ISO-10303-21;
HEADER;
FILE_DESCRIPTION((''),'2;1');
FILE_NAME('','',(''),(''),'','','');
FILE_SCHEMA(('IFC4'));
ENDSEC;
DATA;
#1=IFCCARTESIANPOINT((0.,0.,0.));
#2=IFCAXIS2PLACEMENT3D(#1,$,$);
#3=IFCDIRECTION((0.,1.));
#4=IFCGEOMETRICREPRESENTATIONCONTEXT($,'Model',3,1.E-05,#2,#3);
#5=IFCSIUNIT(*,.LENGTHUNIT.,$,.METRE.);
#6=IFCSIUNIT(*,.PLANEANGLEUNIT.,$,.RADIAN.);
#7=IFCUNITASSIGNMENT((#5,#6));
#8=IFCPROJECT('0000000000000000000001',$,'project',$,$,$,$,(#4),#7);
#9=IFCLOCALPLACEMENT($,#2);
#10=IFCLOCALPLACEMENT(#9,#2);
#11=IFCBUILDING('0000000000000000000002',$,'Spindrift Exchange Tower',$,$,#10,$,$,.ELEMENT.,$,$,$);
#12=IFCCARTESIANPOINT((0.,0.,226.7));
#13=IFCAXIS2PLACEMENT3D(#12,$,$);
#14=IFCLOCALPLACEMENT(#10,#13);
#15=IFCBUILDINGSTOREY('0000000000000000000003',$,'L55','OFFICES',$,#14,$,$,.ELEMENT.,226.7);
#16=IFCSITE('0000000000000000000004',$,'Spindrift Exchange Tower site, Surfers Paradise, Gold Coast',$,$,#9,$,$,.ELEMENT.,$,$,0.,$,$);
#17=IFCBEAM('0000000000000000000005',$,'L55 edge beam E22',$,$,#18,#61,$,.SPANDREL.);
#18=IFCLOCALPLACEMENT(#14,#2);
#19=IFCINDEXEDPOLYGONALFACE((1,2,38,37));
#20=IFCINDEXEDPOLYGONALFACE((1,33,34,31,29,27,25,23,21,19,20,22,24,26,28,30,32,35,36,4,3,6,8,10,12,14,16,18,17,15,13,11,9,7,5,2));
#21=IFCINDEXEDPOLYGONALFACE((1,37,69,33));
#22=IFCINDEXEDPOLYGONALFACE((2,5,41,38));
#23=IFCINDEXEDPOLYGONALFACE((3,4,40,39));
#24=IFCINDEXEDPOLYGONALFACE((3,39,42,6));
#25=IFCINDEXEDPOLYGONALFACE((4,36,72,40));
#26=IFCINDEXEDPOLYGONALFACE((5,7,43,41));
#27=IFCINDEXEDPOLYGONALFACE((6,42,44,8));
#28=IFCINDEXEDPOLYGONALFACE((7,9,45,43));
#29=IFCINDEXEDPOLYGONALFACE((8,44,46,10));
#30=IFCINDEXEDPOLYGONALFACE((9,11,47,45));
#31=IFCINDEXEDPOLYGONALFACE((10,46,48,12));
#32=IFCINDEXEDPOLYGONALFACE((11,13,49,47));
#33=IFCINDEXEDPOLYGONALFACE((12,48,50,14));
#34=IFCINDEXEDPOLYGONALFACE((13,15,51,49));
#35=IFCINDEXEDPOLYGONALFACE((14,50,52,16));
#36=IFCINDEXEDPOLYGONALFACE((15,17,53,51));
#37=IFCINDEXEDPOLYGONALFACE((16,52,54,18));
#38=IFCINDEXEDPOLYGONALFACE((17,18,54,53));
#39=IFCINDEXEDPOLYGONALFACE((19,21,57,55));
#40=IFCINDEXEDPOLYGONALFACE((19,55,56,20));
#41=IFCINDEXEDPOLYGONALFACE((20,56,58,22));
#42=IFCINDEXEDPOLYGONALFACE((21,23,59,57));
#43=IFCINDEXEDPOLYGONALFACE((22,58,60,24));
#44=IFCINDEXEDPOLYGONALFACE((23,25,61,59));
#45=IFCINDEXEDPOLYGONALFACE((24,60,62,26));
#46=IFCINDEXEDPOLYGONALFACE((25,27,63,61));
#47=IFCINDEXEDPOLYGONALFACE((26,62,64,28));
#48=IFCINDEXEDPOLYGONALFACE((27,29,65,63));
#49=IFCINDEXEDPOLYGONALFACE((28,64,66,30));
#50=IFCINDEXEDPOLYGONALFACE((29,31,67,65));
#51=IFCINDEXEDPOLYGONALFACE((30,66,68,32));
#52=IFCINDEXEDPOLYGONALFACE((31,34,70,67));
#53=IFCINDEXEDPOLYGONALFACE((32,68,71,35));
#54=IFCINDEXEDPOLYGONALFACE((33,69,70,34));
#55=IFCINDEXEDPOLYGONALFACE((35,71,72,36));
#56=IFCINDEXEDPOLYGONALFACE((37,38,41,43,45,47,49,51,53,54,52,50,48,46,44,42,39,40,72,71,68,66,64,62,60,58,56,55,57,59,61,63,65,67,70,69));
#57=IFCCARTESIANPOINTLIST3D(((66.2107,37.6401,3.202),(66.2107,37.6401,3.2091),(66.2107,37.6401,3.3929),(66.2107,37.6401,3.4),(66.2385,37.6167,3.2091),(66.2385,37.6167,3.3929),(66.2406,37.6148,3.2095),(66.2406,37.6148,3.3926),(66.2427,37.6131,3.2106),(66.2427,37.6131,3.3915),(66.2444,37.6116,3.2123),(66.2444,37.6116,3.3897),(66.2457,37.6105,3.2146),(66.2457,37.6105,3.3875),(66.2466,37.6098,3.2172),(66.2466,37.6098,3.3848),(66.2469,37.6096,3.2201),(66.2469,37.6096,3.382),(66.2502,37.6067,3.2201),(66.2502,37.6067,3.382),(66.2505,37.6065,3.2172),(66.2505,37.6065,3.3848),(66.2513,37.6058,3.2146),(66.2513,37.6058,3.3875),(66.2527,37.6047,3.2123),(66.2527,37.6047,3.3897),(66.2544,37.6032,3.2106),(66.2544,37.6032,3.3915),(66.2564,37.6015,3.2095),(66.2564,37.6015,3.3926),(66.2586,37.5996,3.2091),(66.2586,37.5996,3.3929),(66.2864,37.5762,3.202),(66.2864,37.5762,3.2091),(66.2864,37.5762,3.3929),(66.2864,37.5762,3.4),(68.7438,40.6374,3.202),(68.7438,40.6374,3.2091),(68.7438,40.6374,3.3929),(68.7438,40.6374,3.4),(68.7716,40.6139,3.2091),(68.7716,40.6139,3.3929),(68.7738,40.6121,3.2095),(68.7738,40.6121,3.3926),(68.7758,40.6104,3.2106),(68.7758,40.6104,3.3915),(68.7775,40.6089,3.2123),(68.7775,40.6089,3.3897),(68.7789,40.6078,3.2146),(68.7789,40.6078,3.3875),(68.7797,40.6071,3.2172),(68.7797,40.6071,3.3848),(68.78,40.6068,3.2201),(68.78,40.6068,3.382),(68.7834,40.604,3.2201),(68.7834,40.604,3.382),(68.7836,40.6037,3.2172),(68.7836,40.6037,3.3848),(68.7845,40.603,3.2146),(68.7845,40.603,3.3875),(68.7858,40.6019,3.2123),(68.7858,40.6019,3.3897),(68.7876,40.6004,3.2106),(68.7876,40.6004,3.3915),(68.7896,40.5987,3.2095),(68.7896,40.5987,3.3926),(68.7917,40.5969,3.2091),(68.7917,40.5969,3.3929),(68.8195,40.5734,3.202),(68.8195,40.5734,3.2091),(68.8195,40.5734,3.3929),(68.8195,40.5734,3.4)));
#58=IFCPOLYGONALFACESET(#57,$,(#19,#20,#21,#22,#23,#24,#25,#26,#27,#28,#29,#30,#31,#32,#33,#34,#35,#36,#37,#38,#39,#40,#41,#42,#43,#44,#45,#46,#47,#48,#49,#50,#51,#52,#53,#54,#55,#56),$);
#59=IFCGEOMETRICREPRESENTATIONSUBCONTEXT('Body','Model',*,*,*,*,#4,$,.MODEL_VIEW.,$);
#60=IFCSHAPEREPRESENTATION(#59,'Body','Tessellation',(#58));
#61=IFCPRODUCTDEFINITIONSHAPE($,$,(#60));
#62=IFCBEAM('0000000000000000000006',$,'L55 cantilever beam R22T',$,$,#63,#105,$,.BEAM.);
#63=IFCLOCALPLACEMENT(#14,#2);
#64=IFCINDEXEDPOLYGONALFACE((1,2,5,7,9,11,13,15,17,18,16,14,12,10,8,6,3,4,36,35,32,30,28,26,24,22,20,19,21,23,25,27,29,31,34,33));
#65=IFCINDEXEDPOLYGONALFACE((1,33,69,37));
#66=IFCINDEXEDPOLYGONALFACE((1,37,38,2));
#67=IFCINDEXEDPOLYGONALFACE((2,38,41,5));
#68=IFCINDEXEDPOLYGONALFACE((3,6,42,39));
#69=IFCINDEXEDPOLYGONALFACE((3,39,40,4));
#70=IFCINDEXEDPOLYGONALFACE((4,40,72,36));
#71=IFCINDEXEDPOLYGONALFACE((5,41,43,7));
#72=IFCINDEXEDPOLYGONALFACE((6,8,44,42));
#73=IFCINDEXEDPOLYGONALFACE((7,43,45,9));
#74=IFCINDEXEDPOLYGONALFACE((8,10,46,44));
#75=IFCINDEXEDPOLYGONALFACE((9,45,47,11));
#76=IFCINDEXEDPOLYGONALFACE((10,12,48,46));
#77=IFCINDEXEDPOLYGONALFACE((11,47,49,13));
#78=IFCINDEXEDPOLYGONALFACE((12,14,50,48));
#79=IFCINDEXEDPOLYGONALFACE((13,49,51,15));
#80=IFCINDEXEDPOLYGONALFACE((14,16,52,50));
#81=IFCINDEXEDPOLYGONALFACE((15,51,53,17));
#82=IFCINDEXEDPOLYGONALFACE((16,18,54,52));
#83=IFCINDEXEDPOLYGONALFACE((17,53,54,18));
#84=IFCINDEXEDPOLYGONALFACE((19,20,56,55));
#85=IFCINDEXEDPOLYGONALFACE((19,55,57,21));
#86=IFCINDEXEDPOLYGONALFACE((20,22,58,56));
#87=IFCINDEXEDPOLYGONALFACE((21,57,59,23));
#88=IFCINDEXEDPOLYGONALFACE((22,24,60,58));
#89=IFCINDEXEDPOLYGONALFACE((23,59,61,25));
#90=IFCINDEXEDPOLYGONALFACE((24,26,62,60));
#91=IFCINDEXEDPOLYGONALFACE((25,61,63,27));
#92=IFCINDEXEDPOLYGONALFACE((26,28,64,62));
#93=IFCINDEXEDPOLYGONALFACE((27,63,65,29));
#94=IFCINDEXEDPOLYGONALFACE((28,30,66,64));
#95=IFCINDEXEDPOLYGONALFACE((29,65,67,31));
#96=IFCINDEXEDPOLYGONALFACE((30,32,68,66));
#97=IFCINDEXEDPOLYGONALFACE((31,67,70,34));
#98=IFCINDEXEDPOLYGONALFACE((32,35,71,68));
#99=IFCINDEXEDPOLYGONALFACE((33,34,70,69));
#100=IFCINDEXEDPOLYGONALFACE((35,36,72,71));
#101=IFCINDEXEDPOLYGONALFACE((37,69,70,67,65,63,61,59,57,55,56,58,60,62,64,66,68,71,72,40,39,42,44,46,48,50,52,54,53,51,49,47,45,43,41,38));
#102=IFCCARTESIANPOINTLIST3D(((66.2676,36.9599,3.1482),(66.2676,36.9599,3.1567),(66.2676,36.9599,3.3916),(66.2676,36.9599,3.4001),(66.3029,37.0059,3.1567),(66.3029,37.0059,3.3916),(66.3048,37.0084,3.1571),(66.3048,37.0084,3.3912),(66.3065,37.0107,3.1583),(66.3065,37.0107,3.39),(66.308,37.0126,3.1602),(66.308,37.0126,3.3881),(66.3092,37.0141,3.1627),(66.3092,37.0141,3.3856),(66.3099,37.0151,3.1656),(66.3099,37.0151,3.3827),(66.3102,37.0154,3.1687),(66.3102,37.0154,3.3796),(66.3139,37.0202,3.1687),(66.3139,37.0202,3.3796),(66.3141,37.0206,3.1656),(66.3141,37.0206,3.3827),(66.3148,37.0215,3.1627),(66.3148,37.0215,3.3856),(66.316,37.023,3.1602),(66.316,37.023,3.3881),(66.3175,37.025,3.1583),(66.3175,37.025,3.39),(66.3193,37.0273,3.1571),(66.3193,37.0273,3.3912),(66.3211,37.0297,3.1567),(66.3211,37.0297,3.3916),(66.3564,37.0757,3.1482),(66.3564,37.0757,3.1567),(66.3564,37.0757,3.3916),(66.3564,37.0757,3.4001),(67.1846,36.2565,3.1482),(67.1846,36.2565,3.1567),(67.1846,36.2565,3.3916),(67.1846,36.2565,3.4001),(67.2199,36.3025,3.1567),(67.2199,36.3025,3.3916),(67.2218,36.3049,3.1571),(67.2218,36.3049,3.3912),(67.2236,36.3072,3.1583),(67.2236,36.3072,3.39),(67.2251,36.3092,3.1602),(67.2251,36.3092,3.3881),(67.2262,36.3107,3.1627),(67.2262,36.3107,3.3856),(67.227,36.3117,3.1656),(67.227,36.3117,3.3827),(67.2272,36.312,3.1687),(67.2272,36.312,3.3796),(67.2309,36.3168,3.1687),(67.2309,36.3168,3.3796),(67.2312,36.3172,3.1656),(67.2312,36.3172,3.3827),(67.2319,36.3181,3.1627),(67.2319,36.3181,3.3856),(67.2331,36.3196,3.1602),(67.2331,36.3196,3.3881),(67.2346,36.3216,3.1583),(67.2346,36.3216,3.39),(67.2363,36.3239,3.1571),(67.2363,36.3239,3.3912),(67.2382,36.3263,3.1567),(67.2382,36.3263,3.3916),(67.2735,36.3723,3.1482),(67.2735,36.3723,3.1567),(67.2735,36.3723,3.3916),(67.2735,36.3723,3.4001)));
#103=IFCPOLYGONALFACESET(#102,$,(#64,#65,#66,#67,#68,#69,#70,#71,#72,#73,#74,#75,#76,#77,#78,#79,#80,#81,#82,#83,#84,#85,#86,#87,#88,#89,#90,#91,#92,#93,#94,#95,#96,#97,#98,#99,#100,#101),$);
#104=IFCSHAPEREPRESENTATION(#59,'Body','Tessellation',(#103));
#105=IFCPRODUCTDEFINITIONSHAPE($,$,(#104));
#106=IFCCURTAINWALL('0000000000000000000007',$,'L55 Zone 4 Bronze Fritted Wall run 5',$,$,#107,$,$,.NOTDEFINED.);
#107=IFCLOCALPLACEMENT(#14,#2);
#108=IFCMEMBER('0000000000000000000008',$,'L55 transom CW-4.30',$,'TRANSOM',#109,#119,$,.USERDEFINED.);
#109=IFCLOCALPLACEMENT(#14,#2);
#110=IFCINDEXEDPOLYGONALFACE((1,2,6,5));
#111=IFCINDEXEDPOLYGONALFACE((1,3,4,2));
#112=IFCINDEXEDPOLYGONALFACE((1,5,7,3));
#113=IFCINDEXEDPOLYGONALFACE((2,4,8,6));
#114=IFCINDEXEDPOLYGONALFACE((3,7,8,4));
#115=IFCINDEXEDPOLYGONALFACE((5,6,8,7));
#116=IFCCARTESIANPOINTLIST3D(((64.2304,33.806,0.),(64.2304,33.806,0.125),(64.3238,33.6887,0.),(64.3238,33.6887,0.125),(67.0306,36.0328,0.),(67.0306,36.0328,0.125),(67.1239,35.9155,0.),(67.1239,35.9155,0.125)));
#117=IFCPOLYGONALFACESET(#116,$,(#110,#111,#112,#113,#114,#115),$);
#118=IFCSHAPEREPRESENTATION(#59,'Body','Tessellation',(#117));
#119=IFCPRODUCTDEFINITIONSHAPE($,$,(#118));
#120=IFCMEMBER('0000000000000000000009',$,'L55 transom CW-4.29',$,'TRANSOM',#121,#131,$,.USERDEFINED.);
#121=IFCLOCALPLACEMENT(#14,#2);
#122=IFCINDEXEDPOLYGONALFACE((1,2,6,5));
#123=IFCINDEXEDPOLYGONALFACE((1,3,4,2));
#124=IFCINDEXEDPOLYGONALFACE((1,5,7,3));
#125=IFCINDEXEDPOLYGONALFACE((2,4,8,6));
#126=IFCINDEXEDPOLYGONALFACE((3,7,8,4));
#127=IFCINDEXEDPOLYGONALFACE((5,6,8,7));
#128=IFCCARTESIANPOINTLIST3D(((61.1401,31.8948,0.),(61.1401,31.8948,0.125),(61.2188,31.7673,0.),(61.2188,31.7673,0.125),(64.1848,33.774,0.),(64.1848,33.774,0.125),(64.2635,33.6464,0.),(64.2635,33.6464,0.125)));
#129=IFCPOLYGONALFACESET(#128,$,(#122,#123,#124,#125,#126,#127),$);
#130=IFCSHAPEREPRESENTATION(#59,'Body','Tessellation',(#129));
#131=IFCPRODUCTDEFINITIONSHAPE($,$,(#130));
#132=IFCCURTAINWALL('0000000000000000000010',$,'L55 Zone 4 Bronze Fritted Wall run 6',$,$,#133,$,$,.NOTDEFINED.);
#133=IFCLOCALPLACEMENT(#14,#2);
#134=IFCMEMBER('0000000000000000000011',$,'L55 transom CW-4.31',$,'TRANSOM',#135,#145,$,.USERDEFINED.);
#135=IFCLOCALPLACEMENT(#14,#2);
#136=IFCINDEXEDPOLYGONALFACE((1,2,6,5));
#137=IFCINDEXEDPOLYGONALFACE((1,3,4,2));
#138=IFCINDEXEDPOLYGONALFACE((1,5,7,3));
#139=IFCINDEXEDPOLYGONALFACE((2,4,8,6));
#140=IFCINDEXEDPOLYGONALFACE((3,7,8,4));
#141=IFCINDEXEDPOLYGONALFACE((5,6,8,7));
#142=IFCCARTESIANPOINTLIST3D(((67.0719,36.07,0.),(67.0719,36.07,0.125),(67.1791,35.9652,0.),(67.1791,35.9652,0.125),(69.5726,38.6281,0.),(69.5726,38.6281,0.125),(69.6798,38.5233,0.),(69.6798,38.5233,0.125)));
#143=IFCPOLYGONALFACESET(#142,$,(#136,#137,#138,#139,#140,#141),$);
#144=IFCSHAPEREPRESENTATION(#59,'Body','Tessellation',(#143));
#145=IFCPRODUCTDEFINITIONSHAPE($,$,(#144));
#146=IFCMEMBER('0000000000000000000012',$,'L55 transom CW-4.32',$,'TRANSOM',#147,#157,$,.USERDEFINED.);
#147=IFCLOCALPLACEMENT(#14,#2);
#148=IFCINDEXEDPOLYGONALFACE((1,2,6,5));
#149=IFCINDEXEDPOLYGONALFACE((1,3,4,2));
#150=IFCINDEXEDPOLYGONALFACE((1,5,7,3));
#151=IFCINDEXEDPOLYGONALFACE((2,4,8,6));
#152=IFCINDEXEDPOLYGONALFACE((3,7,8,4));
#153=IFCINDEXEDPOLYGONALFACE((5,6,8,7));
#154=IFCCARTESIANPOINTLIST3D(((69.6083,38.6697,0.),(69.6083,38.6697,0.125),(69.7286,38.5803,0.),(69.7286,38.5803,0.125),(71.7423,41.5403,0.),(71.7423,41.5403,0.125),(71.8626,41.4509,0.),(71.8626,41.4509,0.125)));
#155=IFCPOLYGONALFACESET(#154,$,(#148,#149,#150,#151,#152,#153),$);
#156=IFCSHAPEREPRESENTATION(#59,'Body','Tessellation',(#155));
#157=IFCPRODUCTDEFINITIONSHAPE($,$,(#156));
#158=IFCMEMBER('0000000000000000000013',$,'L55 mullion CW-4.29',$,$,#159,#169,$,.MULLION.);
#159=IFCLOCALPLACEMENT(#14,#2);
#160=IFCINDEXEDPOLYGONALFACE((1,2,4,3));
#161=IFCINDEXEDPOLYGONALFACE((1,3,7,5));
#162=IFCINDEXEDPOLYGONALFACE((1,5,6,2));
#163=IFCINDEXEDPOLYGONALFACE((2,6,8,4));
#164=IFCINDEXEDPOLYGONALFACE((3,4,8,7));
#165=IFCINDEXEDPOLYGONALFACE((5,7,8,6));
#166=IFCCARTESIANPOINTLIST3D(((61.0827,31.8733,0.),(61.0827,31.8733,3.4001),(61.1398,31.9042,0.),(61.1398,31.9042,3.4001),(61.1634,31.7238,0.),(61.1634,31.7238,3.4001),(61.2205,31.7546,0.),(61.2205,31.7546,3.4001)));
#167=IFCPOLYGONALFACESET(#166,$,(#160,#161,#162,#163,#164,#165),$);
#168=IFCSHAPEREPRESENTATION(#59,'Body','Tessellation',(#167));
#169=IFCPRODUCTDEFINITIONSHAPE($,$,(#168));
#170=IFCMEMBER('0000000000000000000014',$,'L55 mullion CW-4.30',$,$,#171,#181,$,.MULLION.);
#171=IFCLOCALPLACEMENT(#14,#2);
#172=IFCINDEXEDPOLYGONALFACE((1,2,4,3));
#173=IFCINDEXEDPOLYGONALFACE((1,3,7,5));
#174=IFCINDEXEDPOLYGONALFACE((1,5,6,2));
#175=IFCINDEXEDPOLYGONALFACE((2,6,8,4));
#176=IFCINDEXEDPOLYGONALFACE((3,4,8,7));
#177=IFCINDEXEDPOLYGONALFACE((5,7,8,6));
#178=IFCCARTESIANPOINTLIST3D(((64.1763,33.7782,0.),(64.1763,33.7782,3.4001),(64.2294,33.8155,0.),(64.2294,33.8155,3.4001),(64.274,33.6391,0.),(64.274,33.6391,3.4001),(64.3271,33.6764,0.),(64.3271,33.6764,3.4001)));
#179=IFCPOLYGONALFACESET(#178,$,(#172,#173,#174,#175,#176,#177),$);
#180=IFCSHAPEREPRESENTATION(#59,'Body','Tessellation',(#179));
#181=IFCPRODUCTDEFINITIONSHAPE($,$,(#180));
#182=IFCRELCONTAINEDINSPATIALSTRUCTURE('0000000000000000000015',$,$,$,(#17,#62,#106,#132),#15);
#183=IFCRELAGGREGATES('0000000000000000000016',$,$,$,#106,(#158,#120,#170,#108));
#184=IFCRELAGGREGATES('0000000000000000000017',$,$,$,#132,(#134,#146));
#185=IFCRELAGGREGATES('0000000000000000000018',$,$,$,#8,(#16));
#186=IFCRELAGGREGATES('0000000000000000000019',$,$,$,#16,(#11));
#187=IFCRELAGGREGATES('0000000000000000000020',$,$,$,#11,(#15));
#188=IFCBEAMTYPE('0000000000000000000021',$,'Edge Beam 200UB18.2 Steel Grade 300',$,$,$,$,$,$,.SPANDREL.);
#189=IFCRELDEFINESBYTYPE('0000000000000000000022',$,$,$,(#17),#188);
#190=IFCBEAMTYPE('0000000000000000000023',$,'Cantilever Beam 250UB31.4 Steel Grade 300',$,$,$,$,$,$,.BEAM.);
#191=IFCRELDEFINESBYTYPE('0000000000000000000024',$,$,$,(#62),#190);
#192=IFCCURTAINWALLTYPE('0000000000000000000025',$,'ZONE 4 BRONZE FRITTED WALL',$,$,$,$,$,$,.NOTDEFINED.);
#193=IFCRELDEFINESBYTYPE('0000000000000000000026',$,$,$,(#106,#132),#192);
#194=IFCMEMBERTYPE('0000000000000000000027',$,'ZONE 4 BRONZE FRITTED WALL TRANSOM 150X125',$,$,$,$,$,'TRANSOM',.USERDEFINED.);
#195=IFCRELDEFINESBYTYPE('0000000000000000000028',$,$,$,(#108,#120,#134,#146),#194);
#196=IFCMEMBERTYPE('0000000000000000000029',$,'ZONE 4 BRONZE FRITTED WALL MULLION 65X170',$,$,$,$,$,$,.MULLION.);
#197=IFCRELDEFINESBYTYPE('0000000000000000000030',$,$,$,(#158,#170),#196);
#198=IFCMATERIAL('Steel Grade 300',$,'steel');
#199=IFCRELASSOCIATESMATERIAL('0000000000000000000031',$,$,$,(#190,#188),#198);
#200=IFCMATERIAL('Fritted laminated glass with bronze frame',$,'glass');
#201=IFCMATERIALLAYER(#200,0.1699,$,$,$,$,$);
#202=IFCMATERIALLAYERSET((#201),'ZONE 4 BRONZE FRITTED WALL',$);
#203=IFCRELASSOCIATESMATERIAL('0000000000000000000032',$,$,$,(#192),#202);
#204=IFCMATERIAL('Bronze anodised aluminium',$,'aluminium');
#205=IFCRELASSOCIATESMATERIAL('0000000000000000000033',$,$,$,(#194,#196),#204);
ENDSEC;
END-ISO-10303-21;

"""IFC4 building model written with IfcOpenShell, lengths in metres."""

from ifc_helpers import new_model, si_unit, direction, frame, origin, origin_2d, place, context, subcontext, project, spatial, rectangle, i_section, extrude, source, transform, mapped, material, layer, layer_set, material_profile, profile_set, type_object, element, aggregate, save


model = new_model("IFC4")

# Units and contexts
model_context = context("Model", 3, precision=1e-05, world=origin(), true_north=direction((0.0, 1.0)))
body_context = subcontext(model_context, "Body", "Model", "MODEL_VIEW")
ifc_project = project(units=[si_unit("LENGTHUNIT", "METRE"), si_unit("PLANEANGLEUNIT", "RADIAN")], contexts=[model_context])

# Site, building, storey
site_placement = place(None, origin())
site = spatial("IfcSite", under=ifc_project, at=site_placement, Name="Spindrift Exchange Tower site, Surfers Paradise, Gold Coast", CompositionType="ELEMENT", RefElevation=0.0)
building_placement = place(site_placement, origin())
building = spatial("IfcBuilding", under=site, at=building_placement, Name="Spindrift Exchange Tower", CompositionType="ELEMENT")
storey_placement = place(building_placement, frame((0.0, 0.0, 226.7)))
storey = spatial("IfcBuildingStorey", under=building, at=storey_placement, Name="L55", Description="OFFICES", CompositionType="ELEMENT", Elevation=226.7)

# Beams
ifc_material_1 = material(Name="Steel Grade 300", Category="steel")
ifc_material_profile_1 = material_profile(ifc_material_1, i_section(OverallWidth=0.146, OverallDepth=0.252, WebThickness=0.0061, FlangeThickness=0.0085, FilletRadius=0.012, at=origin_2d()), Name="250UB31.4")
ifc_profile_set_1 = profile_set([ifc_material_profile_1], Name="Steel Grade 300")
beam_type_1 = type_object("IfcBeamType", Name="Cantilever Beam 250UB31.4 Steel Grade 300", PredefinedType="BEAM", material=ifc_profile_set_1)
ifc_material_profile_2 = material_profile(ifc_material_1, i_section(OverallWidth=0.0991, OverallDepth=0.198, WebThickness=0.0044, FlangeThickness=0.0071, FilletRadius=0.011, at=origin_2d()), Name="200UB18.2")
ifc_profile_set_2 = profile_set([ifc_material_profile_2], Name="Steel Grade 300")
beam_type_2 = type_object("IfcBeamType", Name="Edge Beam 200UB18.2 Steel Grade 300", PredefinedType="SPANDREL", material=ifc_profile_set_2)
shared_shape_1 = source(origin(), body_context, "Body", "SweptSolid", [
    extrude(i_section(OverallWidth=0.0991, OverallDepth=0.198, WebThickness=0.0044, FlangeThickness=0.0071, FilletRadius=0.011, at=origin_2d()), origin(), (0.0, 0.0, 1.0), 3.9243),
])
beam_1_placement = place(storey_placement, frame((66.2485, 37.6082, 3.301), z_axis=(0.645499, 0.763761, 0.0), x_axis=(-0.763761, 0.645499, 0.0)))
element("IfcBeam", 1, at=beam_1_placement, inside=storey, type_object=beam_type_2, Name="L55 edge beam E22", PredefinedType="SPANDREL", context=body_context, shape_type="MappedRepresentation", body=[
    mapped(shared_shape_1, transform((0.0, 0.0, 0.0), scale=1.0)),
])
shared_shape_2 = source(origin(), body_context, "Body", "SweptSolid", [
    extrude(i_section(OverallWidth=0.146, OverallDepth=0.252, WebThickness=0.0061, FlangeThickness=0.0085, FilletRadius=0.012, at=origin_2d()), origin(), (0.0, 0.0, 1.0), 1.1558),
])
beam_2_placement = place(storey_placement, frame((66.312, 37.0178, 3.2742), z_axis=(0.793464, -0.608618, 0.0), x_axis=(0.608618, 0.793464, 0.0)))
element("IfcBeam", 2, at=beam_2_placement, inside=storey, type_object=beam_type_1, Name="L55 cantilever beam R22T", PredefinedType="BEAM", context=body_context, shape_type="MappedRepresentation", body=[
    mapped(shared_shape_2, transform((0.0, 0.0, 0.0), scale=1.0)),
])

# Curtain walls, members
ifc_material_2 = material(Name="Fritted laminated glass with bronze frame", Category="glass")
ifc_layer_1 = layer(ifc_material_2, 0.1699)
ifc_layer_set_1 = layer_set([ifc_layer_1], Name="ZONE 4 BRONZE FRITTED WALL")
curtain_wall_type = type_object("IfcCurtainWallType", Name="ZONE 4 BRONZE FRITTED WALL", PredefinedType="NOTDEFINED", material=ifc_layer_set_1)
curtain_wall_1_placement = place(storey_placement, origin())
curtain_wall_1 = element("IfcCurtainWall", 3, at=curtain_wall_1_placement, inside=storey, type_object=curtain_wall_type, Name="L55 Zone 4 Bronze Fritted Wall run 5", PredefinedType="NOTDEFINED")
ifc_material_3 = material(Name="Bronze anodised aluminium", Category="aluminium")
ifc_material_profile_3 = material_profile(ifc_material_3, rectangle(XDim=0.1499, YDim=0.125, at=origin_2d()), Name="ZONE 4 BRONZE FRITTED WALL TRANSOM 150X125")
ifc_profile_set_3 = profile_set([ifc_material_profile_3], Name="Bronze anodised aluminium")
member_type_1 = type_object("IfcMemberType", Name="ZONE 4 BRONZE FRITTED WALL TRANSOM 150X125", ElementType="TRANSOM", PredefinedType="USERDEFINED", material=ifc_profile_set_3)
shared_shape_3 = source(origin(), body_context, "Body", "SweptSolid", [
    extrude(rectangle(XDim=0.1499, YDim=0.125, at=origin_2d()), origin(), (0.0, 0.0, 1.0), 3.5776),
])
member_1_placement = place(storey_placement, frame((64.2771, 33.7473, 0.0625), z_axis=(0.78267, 0.622437, 0.0), x_axis=(-0.622437, 0.78267, 0.0)))
member_1 = element("IfcMember", 4, at=member_1_placement, type_object=member_type_1, Name="L55 transom CW-4.30", ObjectType="TRANSOM", PredefinedType="USERDEFINED", context=body_context, shape_type="MappedRepresentation", body=[
    mapped(shared_shape_3, transform((0.0, 0.0, 0.0), scale=1.0)),
])
shared_shape_4 = source(origin(), body_context, "Body", "SweptSolid", [
    extrude(rectangle(XDim=0.1499, YDim=0.125, at=origin_2d()), origin(), (0.0, 0.0, 1.0), 3.5779),
])
member_2_placement = place(storey_placement, frame((61.1794, 31.8311, 0.0625), z_axis=(0.850971, 0.525212, 0.0), x_axis=(-0.525212, 0.850971, 0.0)))
member_2 = element("IfcMember", 5, at=member_2_placement, type_object=member_type_1, Name="L55 transom CW-4.29", ObjectType="TRANSOM", PredefinedType="USERDEFINED", context=body_context, shape_type="MappedRepresentation", body=[
    mapped(shared_shape_4, transform((0.0, 0.0, 0.0), scale=1.0)),
])
curtain_wall_2_placement = place(storey_placement, origin())
curtain_wall_2 = element("IfcCurtainWall", 6, at=curtain_wall_2_placement, inside=storey, type_object=curtain_wall_type, Name="L55 Zone 4 Bronze Fritted Wall run 6", PredefinedType="NOTDEFINED")
shared_shape_5 = source(origin(), body_context, "Body", "SweptSolid", [
    extrude(rectangle(XDim=0.1499, YDim=0.125, at=origin_2d()), origin(), (0.0, 0.0, 1.0), 3.5774),
])
member_3_placement = place(storey_placement, frame((67.1255, 36.0176, 0.0625), z_axis=(0.699042, 0.71508, 0.0), x_axis=(-0.71508, 0.699042, 0.0)))
member_3 = element("IfcMember", 7, at=member_3_placement, type_object=member_type_1, Name="L55 transom CW-4.31", ObjectType="TRANSOM", PredefinedType="USERDEFINED", context=body_context, shape_type="MappedRepresentation", body=[
    mapped(shared_shape_5, transform((0.0, 0.0, 0.0), scale=1.0)),
])
shared_shape_6 = source(origin(), body_context, "Body", "SweptSolid", [
    extrude(rectangle(XDim=0.1499, YDim=0.125, at=origin_2d()), origin(), (0.0, 0.0, 1.0), 3.5769),
])
member_4_placement = place(storey_placement, frame((69.6685, 38.625, 0.0625), z_axis=(0.596609, 0.802532, 0.0), x_axis=(-0.802532, 0.596609, 0.0)))
member_4 = element("IfcMember", 8, at=member_4_placement, type_object=member_type_1, Name="L55 transom CW-4.32", ObjectType="TRANSOM", PredefinedType="USERDEFINED", context=body_context, shape_type="MappedRepresentation", body=[
    mapped(shared_shape_6, transform((0.0, 0.0, 0.0), scale=1.0)),
])

# Members
ifc_material_profile_4 = material_profile(ifc_material_3, rectangle(XDim=0.0649, YDim=0.1699, at=origin_2d()), Name="ZONE 4 BRONZE FRITTED WALL MULLION 65X170")
ifc_profile_set_4 = profile_set([ifc_material_profile_4], Name="Bronze anodised aluminium")
member_type_2 = type_object("IfcMemberType", Name="ZONE 4 BRONZE FRITTED WALL MULLION 65X170", PredefinedType="MULLION", material=ifc_profile_set_4)
shared_shape_7 = source(origin(), body_context, "Body", "SweptSolid", [
    extrude(rectangle(XDim=0.0649, YDim=0.1699, at=origin_2d()), origin(), (0.0, 0.0, 1.0), 3.4001),
])
member_5_placement = place(storey_placement, frame((61.1516, 31.814, 0.0), z_axis=(0.0, 0.0, 1.0), x_axis=(0.880092, 0.474803, 0.0)))
member_5 = element("IfcMember", 9, at=member_5_placement, type_object=member_type_2, Name="L55 mullion CW-4.29", PredefinedType="MULLION", context=body_context, shape_type="MappedRepresentation", body=[
    mapped(shared_shape_7, transform((0.0, 0.0, 0.0), scale=1.0)),
])
member_6_placement = place(storey_placement, frame((64.2517, 33.7273, 0.0), z_axis=(0.0, 0.0, 1.0), x_axis=(0.81828, 0.57482, 0.0)))
member_6 = element("IfcMember", 10, at=member_6_placement, type_object=member_type_2, Name="L55 mullion CW-4.30", PredefinedType="MULLION", context=body_context, shape_type="MappedRepresentation", body=[
    mapped(shared_shape_7, transform((0.0, 0.0, 0.0), scale=1.0)),
])

aggregate(curtain_wall_1, [member_5, member_2, member_6, member_1])
aggregate(curtain_wall_2, [member_3, member_4])

save(model, "model.ifc")
